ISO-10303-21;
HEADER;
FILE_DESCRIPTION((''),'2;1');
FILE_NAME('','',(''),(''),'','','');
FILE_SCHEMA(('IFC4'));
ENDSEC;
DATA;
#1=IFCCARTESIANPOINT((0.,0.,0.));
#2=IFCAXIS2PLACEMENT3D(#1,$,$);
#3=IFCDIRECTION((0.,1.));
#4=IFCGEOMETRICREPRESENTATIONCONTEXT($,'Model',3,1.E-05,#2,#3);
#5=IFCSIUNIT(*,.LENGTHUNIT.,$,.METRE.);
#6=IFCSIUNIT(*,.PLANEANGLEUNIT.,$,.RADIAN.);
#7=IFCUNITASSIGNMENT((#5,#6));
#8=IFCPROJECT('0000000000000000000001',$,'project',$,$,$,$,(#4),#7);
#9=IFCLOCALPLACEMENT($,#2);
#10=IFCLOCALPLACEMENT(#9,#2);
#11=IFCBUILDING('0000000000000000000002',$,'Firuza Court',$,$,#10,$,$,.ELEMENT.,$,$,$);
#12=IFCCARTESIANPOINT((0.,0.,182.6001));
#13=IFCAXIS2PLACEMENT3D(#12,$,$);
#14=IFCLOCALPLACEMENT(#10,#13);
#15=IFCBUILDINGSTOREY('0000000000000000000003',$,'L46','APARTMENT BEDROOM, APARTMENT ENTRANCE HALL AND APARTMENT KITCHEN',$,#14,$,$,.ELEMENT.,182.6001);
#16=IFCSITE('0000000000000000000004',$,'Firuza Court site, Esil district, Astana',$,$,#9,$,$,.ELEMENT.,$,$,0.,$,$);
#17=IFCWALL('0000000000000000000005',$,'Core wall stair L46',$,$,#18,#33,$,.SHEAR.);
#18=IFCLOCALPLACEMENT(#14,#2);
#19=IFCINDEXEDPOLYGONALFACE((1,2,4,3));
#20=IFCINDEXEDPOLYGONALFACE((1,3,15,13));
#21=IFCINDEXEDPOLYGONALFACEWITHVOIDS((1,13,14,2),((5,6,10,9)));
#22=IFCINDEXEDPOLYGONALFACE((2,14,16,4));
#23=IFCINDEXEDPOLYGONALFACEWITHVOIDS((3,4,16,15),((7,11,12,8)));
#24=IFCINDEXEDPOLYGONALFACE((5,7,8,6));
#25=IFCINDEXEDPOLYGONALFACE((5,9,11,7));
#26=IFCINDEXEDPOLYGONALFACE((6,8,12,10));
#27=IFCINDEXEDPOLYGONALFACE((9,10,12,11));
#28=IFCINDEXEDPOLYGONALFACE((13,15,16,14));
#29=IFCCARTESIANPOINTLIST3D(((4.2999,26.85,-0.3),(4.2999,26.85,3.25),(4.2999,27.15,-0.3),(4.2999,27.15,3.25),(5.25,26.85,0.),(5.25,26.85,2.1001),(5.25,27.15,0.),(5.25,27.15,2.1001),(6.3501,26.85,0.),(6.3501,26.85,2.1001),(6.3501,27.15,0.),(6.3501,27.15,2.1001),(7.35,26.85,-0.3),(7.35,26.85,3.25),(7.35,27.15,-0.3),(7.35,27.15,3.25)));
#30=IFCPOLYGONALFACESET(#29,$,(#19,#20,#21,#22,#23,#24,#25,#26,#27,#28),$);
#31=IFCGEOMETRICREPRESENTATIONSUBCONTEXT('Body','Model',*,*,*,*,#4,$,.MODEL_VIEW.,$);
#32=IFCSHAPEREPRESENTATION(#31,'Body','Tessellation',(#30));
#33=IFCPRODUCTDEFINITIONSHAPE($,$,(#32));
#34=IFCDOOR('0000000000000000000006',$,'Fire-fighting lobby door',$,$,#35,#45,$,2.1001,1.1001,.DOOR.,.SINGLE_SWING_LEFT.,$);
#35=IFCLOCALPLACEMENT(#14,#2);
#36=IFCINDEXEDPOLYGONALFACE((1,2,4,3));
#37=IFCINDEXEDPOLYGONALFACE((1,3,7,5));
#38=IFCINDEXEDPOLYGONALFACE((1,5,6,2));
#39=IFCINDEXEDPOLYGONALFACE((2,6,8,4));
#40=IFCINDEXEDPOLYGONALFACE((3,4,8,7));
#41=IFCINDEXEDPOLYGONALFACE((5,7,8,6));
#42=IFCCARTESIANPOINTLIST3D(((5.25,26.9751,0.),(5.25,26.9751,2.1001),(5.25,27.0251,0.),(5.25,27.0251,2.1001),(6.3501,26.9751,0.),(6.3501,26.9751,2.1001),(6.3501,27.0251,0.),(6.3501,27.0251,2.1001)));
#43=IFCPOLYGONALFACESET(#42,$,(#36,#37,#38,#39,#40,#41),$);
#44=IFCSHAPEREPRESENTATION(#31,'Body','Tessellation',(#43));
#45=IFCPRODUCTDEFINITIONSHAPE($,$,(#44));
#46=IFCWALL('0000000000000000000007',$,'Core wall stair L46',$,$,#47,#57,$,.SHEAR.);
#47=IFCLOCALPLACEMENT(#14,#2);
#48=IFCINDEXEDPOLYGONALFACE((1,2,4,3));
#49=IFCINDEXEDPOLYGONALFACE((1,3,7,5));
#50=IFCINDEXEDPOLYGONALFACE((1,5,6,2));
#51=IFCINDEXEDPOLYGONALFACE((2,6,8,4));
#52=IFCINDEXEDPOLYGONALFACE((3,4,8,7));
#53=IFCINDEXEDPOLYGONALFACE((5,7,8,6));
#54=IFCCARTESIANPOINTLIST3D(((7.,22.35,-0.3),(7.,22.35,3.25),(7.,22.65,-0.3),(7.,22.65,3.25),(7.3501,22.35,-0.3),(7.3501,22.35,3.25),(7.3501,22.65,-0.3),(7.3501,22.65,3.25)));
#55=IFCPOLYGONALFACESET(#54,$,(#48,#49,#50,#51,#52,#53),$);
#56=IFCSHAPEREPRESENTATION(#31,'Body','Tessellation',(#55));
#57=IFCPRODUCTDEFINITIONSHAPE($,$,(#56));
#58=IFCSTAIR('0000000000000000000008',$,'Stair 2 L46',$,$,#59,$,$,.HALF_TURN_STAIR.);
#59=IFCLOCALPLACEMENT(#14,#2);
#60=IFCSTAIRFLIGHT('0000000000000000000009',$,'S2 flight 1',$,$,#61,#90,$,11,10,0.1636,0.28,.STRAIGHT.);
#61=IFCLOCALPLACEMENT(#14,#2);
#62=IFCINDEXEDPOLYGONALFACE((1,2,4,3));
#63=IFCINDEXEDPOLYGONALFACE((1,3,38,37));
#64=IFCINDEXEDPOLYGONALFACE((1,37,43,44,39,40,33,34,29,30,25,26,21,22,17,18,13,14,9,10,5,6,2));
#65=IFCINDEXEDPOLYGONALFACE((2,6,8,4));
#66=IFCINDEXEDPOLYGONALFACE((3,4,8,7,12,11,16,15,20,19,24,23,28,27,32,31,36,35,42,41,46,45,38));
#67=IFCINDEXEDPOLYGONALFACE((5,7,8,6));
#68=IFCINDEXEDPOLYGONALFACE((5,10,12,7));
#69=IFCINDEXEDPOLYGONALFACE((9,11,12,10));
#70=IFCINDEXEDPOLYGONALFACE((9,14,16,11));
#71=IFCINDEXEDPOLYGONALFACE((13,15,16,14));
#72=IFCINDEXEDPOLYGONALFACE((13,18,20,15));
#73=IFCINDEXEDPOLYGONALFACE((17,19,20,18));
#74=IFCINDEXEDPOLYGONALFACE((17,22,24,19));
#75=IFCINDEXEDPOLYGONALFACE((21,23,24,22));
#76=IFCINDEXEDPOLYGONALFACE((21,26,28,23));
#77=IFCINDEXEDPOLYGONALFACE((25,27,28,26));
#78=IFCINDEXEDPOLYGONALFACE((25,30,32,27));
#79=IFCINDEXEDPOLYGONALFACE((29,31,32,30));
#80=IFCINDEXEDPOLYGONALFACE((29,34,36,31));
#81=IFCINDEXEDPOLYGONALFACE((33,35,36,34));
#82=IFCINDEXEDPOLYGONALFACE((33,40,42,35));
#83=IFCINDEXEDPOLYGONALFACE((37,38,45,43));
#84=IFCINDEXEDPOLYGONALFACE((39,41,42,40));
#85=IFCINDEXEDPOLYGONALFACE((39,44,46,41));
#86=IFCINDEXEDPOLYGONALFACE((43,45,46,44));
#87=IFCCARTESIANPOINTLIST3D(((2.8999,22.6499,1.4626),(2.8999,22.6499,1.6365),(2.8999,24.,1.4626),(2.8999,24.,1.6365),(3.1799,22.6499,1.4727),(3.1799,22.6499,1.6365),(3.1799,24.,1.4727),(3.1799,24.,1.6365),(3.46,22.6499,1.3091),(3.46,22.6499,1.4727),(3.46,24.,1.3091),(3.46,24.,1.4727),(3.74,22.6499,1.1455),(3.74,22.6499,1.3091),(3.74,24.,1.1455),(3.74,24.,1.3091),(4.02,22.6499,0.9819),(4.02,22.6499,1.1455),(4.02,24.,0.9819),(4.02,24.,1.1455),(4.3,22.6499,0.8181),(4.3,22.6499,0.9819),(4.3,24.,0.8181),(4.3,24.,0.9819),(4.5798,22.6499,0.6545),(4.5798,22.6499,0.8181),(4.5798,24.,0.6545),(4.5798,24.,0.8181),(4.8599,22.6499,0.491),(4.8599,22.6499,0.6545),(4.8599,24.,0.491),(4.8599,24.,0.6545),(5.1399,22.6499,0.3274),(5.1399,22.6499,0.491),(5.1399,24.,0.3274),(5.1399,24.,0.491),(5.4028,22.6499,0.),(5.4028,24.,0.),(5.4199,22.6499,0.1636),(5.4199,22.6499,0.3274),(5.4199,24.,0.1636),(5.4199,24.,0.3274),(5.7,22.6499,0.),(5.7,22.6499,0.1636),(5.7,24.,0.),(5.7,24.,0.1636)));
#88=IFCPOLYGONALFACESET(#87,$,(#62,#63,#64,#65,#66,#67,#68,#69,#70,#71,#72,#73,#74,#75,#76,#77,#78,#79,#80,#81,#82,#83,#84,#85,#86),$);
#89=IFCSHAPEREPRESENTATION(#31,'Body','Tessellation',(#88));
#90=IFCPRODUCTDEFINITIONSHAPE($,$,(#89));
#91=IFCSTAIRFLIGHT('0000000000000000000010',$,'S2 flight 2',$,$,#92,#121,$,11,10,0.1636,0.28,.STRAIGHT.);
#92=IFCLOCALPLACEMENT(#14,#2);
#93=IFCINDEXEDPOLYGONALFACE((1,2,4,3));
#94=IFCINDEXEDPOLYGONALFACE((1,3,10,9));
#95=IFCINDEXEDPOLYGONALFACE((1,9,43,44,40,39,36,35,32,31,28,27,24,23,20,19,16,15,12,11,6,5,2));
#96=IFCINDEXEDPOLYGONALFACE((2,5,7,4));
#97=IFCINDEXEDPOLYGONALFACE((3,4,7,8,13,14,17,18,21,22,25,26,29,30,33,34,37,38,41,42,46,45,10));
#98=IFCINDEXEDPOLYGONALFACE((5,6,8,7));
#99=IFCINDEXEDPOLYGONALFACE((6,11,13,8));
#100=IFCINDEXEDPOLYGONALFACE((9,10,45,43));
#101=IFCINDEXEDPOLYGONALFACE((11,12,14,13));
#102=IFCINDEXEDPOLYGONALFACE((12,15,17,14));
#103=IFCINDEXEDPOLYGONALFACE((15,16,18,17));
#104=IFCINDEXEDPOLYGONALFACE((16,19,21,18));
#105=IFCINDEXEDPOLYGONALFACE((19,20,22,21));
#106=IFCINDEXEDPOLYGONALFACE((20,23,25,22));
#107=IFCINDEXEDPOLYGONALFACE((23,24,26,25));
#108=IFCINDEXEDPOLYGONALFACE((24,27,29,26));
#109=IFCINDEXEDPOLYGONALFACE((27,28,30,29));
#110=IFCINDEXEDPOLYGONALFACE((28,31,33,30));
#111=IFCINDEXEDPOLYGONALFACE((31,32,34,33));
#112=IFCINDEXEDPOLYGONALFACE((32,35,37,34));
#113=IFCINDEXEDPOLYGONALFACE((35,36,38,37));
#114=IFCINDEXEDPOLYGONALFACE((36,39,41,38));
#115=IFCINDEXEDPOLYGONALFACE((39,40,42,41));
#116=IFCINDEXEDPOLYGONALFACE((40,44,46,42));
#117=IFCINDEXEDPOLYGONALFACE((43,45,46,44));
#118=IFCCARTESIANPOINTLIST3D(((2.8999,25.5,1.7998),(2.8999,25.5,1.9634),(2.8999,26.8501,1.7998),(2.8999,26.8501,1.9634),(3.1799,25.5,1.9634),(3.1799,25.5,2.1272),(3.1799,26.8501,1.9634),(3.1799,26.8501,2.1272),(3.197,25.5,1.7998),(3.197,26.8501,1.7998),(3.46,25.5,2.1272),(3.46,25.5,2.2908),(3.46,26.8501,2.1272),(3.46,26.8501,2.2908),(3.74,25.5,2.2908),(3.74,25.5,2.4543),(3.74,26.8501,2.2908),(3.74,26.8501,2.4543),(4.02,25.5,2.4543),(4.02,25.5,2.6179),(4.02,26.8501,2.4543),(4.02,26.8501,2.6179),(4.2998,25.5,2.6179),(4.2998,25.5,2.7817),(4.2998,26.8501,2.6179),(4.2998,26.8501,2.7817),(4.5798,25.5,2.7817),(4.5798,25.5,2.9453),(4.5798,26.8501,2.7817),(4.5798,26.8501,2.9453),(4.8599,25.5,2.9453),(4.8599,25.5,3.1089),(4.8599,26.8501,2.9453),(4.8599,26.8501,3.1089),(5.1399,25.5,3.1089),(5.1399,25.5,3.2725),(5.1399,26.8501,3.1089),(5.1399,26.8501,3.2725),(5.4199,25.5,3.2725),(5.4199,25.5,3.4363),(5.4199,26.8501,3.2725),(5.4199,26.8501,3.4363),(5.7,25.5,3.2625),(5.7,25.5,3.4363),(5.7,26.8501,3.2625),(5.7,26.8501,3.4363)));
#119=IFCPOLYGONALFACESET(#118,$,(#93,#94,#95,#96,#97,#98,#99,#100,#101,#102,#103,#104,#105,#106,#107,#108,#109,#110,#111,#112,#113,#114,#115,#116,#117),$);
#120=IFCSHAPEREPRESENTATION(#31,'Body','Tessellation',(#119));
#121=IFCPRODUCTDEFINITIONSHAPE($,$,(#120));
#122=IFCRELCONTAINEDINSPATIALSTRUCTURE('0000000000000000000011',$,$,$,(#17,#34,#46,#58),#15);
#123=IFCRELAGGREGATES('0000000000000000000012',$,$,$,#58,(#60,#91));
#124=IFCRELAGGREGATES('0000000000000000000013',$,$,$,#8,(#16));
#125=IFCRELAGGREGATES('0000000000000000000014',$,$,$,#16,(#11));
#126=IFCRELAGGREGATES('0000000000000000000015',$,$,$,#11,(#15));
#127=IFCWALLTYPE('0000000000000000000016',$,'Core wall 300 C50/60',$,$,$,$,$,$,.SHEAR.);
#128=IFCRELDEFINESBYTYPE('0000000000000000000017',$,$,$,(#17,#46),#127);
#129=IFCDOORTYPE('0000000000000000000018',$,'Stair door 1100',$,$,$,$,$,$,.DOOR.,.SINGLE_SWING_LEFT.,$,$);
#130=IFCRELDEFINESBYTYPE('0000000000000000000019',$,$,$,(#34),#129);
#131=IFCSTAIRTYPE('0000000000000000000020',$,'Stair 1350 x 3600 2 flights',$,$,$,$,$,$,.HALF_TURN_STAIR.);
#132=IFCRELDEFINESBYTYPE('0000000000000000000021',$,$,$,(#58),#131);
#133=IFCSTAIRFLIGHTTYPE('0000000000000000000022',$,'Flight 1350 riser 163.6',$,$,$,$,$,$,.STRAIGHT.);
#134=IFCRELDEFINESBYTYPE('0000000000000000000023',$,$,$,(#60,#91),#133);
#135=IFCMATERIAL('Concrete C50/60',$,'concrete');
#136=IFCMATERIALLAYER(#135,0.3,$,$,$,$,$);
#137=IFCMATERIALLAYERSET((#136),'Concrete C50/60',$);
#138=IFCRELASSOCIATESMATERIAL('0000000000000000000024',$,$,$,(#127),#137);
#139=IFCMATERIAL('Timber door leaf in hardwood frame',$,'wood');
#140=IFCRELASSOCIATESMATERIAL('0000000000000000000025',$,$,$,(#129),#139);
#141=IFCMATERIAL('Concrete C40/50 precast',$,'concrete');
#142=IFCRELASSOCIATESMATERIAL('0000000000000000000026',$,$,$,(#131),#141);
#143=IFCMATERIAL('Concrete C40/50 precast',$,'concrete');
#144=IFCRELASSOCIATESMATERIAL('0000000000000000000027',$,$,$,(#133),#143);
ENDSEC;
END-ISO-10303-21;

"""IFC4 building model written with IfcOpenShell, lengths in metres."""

from ifc_helpers import new_model, si_unit, direction, frame, frame_2d, origin, place, context, subcontext, project, spatial, polyline, rectangle, outline, extrude, material, layer, layer_set, type_object, element, fill, aggregate, save


model = new_model("IFC4")

# Units and contexts
model_context = context("Model", 3, precision=1e-05, world=origin(), true_north=direction((0.0, 1.0)))
body_context = subcontext(model_context, "Body", "Model", "MODEL_VIEW")
ifc_project = project(units=[si_unit("LENGTHUNIT", "METRE"), si_unit("PLANEANGLEUNIT", "RADIAN")], contexts=[model_context])

# Site, building, storey
site_placement = place(None, origin())
site = spatial("IfcSite", under=ifc_project, at=site_placement, Name="Firuza Court site, Esil district, Astana", CompositionType="ELEMENT", RefElevation=0.0)
building_placement = place(site_placement, origin())
building = spatial("IfcBuilding", under=site, at=building_placement, Name="Firuza Court", CompositionType="ELEMENT")
storey_placement = place(building_placement, frame((0.0, 0.0, 182.6001)))
storey = spatial("IfcBuildingStorey", under=building, at=storey_placement, Name="L46", Description="APARTMENT BEDROOM, APARTMENT ENTRANCE HALL AND APARTMENT KITCHEN", CompositionType="ELEMENT", Elevation=182.6001)

# Wall, opening, door
ifc_material_1 = material(Name="Concrete C50/60", Category="concrete")
ifc_layer_1 = layer(ifc_material_1, 0.3)
ifc_layer_set_1 = layer_set([ifc_layer_1], Name="Concrete C50/60")
wall_type_1 = type_object("IfcWallType", Name="Core wall 300 C50/60", PredefinedType="SHEAR", material=ifc_layer_set_1)
wall_1_placement = place(storey_placement, frame((4.3, 27.0, -0.3), z_axis=(0.0, 0.0, 1.0), x_axis=(1.0, 0.0, 0.0)))
wall_1 = element("IfcWall", 1, at=wall_1_placement, inside=storey, type_object=wall_type_1, Name="Core wall stair L46", PredefinedType="SHEAR", context=body_context, shape_type="SweptSolid", body=[
    extrude(rectangle(XDim=3.05, YDim=0.3, at=frame_2d((1.5249, 0.0))), origin(), (0.0, 0.0, 1.0), 3.55),
])
opening_1_placement = place(wall_1_placement, frame((0.95, 0.0, 0.3)))
opening_1 = element("IfcOpeningElement", 2, at=opening_1_placement, cuts=wall_1, PredefinedType="OPENING", context=body_context, shape_type="SweptSolid", body=[
    extrude(rectangle(XDim=1.1001, YDim=2.1001, at=frame_2d((0.55, 1.05))), frame((0.0, 0.1621, 0.0), z_axis=(0.0, -1.0, 0.0), x_axis=(1.0, 0.0, 0.0)), (0.0, 0.0, 1.0), 0.324),
])
ifc_material_2 = material(Name="Timber door leaf in hardwood frame", Category="wood")
door_type_1 = type_object("IfcDoorType", Name="Stair door 1100", OperationType="SINGLE_SWING_LEFT", PredefinedType="DOOR", material=ifc_material_2)
door_1_placement = place(opening_1_placement, frame((1.1001, 0.0, 0.0), z_axis=(0.0, 0.0, 1.0), x_axis=(-1.0, 0.0, 0.0)))
door_1 = element("IfcDoor", 3, at=door_1_placement, inside=storey, type_object=door_type_1, Name="Fire-fighting lobby door", OperationType="SINGLE_SWING_LEFT", OverallHeight=2.1001, OverallWidth=1.1001, PredefinedType="DOOR", context=body_context, shape_type="SweptSolid", body=[
    extrude(rectangle(XDim=1.1001, YDim=2.1001, at=frame_2d((0.55, 1.05))), frame((0.0, 0.0249, 0.0), z_axis=(0.0, -1.0, 0.0), x_axis=(1.0, 0.0, 0.0)), (0.0, 0.0, 1.0), 0.05),
])
fill(opening_1, door_1)

# Wall
wall_2_placement = place(storey_placement, frame((7.0, 22.5, -0.3), z_axis=(0.0, 0.0, 1.0), x_axis=(1.0, 0.0, 0.0)))
element("IfcWall", 4, at=wall_2_placement, inside=storey, type_object=wall_type_1, Name="Core wall stair L46", PredefinedType="SHEAR", context=body_context, shape_type="SweptSolid", body=[
    extrude(rectangle(XDim=0.3501, YDim=0.3, at=frame_2d((0.175, 0.0))), origin(), (0.0, 0.0, 1.0), 3.55),
])

# Stair, stair flights
ifc_material_3 = material(Name="Concrete C40/50 precast", Category="concrete")
stair_type = type_object("IfcStairType", Name="Stair 1350 x 3600 2 flights", PredefinedType="HALF_TURN_STAIR", material=ifc_material_3)
stair_placement = place(storey_placement, origin())
stair = element("IfcStair", 5, at=stair_placement, inside=storey, type_object=stair_type, Name="Stair 2 L46", PredefinedType="HALF_TURN_STAIR")
ifc_material_4 = material(Name="Concrete C40/50 precast", Category="concrete")
stair_flight_type = type_object("IfcStairFlightType", Name="Flight 1350 riser 163.6", PredefinedType="STRAIGHT", material=ifc_material_4)
stair_flight_1_placement = place(storey_placement, frame((5.7, 23.325, 0.0), z_axis=(0.0, 0.0, 1.0), x_axis=(-1.0, 0.0, 0.0)))
stair_flight_1 = element("IfcStairFlight", 6, at=stair_flight_1_placement, type_object=stair_flight_type, Name="S2 flight 1", NumberOfRisers=11, NumberOfTreads=10, PredefinedType="STRAIGHT", RiserHeight=0.1636, TreadLength=0.28, context=body_context, shape_type="SweptSolid", body=[
    extrude(outline(polyline([(0.0, 0.0), (0.0, 0.1636), (0.28, 0.1636), (0.28, 0.3274), (0.5601, 0.3274), (0.5601, 0.491), (0.8401, 0.491), (0.8401, 0.6545), (1.1201, 0.6545), (1.1201, 0.8181), (1.3999, 0.8181), (1.3999, 0.9819), (1.6799, 0.9819), (1.6799, 1.1455), (1.96, 1.1455), (1.96, 1.3091), (2.24, 1.3091), (2.24, 1.4727), (2.52, 1.4727), (2.52, 1.6365), (2.8, 1.6365), (2.8, 1.8), (2.8, 1.4626), (0.2971, 0.0), (0.0, 0.0)])), frame((0.0, 0.675, 0.0), z_axis=(0.0, -1.0, 0.0), x_axis=(1.0, 0.0, 0.0)), (0.0, 0.0, 1.0), 1.3501),
])
stair_flight_2_placement = place(storey_placement, frame((2.8999, 26.175, 1.7998), z_axis=(0.0, 0.0, 1.0), x_axis=(1.0, 0.0, 0.0)))
stair_flight_2 = element("IfcStairFlight", 7, at=stair_flight_2_placement, type_object=stair_flight_type, Name="S2 flight 2", NumberOfRisers=11, NumberOfTreads=10, PredefinedType="STRAIGHT", RiserHeight=0.1636, TreadLength=0.28, context=body_context, shape_type="SweptSolid", body=[
    extrude(outline(polyline([(0.0, 0.0), (0.0, 0.1636), (0.28, 0.1636), (0.28, 0.3274), (0.5601, 0.3274), (0.5601, 0.491), (0.8401, 0.491), (0.8401, 0.6545), (1.1201, 0.6545), (1.1201, 0.8181), (1.3999, 0.8181), (1.3999, 0.9819), (1.6799, 0.9819), (1.6799, 1.1455), (1.96, 1.1455), (1.96, 1.3091), (2.24, 1.3091), (2.24, 1.4727), (2.52, 1.4727), (2.52, 1.6365), (2.8, 1.6365), (2.8, 1.8), (2.8, 1.4626), (0.2971, 0.0), (0.0, 0.0)])), frame((0.0, 0.675, 0.0), z_axis=(0.0, -1.0, 0.0), x_axis=(1.0, 0.0, 0.0)), (0.0, 0.0, 1.0), 1.3501),
])
aggregate(stair, [stair_flight_1, stair_flight_2])

save(model, "model.ifc")
